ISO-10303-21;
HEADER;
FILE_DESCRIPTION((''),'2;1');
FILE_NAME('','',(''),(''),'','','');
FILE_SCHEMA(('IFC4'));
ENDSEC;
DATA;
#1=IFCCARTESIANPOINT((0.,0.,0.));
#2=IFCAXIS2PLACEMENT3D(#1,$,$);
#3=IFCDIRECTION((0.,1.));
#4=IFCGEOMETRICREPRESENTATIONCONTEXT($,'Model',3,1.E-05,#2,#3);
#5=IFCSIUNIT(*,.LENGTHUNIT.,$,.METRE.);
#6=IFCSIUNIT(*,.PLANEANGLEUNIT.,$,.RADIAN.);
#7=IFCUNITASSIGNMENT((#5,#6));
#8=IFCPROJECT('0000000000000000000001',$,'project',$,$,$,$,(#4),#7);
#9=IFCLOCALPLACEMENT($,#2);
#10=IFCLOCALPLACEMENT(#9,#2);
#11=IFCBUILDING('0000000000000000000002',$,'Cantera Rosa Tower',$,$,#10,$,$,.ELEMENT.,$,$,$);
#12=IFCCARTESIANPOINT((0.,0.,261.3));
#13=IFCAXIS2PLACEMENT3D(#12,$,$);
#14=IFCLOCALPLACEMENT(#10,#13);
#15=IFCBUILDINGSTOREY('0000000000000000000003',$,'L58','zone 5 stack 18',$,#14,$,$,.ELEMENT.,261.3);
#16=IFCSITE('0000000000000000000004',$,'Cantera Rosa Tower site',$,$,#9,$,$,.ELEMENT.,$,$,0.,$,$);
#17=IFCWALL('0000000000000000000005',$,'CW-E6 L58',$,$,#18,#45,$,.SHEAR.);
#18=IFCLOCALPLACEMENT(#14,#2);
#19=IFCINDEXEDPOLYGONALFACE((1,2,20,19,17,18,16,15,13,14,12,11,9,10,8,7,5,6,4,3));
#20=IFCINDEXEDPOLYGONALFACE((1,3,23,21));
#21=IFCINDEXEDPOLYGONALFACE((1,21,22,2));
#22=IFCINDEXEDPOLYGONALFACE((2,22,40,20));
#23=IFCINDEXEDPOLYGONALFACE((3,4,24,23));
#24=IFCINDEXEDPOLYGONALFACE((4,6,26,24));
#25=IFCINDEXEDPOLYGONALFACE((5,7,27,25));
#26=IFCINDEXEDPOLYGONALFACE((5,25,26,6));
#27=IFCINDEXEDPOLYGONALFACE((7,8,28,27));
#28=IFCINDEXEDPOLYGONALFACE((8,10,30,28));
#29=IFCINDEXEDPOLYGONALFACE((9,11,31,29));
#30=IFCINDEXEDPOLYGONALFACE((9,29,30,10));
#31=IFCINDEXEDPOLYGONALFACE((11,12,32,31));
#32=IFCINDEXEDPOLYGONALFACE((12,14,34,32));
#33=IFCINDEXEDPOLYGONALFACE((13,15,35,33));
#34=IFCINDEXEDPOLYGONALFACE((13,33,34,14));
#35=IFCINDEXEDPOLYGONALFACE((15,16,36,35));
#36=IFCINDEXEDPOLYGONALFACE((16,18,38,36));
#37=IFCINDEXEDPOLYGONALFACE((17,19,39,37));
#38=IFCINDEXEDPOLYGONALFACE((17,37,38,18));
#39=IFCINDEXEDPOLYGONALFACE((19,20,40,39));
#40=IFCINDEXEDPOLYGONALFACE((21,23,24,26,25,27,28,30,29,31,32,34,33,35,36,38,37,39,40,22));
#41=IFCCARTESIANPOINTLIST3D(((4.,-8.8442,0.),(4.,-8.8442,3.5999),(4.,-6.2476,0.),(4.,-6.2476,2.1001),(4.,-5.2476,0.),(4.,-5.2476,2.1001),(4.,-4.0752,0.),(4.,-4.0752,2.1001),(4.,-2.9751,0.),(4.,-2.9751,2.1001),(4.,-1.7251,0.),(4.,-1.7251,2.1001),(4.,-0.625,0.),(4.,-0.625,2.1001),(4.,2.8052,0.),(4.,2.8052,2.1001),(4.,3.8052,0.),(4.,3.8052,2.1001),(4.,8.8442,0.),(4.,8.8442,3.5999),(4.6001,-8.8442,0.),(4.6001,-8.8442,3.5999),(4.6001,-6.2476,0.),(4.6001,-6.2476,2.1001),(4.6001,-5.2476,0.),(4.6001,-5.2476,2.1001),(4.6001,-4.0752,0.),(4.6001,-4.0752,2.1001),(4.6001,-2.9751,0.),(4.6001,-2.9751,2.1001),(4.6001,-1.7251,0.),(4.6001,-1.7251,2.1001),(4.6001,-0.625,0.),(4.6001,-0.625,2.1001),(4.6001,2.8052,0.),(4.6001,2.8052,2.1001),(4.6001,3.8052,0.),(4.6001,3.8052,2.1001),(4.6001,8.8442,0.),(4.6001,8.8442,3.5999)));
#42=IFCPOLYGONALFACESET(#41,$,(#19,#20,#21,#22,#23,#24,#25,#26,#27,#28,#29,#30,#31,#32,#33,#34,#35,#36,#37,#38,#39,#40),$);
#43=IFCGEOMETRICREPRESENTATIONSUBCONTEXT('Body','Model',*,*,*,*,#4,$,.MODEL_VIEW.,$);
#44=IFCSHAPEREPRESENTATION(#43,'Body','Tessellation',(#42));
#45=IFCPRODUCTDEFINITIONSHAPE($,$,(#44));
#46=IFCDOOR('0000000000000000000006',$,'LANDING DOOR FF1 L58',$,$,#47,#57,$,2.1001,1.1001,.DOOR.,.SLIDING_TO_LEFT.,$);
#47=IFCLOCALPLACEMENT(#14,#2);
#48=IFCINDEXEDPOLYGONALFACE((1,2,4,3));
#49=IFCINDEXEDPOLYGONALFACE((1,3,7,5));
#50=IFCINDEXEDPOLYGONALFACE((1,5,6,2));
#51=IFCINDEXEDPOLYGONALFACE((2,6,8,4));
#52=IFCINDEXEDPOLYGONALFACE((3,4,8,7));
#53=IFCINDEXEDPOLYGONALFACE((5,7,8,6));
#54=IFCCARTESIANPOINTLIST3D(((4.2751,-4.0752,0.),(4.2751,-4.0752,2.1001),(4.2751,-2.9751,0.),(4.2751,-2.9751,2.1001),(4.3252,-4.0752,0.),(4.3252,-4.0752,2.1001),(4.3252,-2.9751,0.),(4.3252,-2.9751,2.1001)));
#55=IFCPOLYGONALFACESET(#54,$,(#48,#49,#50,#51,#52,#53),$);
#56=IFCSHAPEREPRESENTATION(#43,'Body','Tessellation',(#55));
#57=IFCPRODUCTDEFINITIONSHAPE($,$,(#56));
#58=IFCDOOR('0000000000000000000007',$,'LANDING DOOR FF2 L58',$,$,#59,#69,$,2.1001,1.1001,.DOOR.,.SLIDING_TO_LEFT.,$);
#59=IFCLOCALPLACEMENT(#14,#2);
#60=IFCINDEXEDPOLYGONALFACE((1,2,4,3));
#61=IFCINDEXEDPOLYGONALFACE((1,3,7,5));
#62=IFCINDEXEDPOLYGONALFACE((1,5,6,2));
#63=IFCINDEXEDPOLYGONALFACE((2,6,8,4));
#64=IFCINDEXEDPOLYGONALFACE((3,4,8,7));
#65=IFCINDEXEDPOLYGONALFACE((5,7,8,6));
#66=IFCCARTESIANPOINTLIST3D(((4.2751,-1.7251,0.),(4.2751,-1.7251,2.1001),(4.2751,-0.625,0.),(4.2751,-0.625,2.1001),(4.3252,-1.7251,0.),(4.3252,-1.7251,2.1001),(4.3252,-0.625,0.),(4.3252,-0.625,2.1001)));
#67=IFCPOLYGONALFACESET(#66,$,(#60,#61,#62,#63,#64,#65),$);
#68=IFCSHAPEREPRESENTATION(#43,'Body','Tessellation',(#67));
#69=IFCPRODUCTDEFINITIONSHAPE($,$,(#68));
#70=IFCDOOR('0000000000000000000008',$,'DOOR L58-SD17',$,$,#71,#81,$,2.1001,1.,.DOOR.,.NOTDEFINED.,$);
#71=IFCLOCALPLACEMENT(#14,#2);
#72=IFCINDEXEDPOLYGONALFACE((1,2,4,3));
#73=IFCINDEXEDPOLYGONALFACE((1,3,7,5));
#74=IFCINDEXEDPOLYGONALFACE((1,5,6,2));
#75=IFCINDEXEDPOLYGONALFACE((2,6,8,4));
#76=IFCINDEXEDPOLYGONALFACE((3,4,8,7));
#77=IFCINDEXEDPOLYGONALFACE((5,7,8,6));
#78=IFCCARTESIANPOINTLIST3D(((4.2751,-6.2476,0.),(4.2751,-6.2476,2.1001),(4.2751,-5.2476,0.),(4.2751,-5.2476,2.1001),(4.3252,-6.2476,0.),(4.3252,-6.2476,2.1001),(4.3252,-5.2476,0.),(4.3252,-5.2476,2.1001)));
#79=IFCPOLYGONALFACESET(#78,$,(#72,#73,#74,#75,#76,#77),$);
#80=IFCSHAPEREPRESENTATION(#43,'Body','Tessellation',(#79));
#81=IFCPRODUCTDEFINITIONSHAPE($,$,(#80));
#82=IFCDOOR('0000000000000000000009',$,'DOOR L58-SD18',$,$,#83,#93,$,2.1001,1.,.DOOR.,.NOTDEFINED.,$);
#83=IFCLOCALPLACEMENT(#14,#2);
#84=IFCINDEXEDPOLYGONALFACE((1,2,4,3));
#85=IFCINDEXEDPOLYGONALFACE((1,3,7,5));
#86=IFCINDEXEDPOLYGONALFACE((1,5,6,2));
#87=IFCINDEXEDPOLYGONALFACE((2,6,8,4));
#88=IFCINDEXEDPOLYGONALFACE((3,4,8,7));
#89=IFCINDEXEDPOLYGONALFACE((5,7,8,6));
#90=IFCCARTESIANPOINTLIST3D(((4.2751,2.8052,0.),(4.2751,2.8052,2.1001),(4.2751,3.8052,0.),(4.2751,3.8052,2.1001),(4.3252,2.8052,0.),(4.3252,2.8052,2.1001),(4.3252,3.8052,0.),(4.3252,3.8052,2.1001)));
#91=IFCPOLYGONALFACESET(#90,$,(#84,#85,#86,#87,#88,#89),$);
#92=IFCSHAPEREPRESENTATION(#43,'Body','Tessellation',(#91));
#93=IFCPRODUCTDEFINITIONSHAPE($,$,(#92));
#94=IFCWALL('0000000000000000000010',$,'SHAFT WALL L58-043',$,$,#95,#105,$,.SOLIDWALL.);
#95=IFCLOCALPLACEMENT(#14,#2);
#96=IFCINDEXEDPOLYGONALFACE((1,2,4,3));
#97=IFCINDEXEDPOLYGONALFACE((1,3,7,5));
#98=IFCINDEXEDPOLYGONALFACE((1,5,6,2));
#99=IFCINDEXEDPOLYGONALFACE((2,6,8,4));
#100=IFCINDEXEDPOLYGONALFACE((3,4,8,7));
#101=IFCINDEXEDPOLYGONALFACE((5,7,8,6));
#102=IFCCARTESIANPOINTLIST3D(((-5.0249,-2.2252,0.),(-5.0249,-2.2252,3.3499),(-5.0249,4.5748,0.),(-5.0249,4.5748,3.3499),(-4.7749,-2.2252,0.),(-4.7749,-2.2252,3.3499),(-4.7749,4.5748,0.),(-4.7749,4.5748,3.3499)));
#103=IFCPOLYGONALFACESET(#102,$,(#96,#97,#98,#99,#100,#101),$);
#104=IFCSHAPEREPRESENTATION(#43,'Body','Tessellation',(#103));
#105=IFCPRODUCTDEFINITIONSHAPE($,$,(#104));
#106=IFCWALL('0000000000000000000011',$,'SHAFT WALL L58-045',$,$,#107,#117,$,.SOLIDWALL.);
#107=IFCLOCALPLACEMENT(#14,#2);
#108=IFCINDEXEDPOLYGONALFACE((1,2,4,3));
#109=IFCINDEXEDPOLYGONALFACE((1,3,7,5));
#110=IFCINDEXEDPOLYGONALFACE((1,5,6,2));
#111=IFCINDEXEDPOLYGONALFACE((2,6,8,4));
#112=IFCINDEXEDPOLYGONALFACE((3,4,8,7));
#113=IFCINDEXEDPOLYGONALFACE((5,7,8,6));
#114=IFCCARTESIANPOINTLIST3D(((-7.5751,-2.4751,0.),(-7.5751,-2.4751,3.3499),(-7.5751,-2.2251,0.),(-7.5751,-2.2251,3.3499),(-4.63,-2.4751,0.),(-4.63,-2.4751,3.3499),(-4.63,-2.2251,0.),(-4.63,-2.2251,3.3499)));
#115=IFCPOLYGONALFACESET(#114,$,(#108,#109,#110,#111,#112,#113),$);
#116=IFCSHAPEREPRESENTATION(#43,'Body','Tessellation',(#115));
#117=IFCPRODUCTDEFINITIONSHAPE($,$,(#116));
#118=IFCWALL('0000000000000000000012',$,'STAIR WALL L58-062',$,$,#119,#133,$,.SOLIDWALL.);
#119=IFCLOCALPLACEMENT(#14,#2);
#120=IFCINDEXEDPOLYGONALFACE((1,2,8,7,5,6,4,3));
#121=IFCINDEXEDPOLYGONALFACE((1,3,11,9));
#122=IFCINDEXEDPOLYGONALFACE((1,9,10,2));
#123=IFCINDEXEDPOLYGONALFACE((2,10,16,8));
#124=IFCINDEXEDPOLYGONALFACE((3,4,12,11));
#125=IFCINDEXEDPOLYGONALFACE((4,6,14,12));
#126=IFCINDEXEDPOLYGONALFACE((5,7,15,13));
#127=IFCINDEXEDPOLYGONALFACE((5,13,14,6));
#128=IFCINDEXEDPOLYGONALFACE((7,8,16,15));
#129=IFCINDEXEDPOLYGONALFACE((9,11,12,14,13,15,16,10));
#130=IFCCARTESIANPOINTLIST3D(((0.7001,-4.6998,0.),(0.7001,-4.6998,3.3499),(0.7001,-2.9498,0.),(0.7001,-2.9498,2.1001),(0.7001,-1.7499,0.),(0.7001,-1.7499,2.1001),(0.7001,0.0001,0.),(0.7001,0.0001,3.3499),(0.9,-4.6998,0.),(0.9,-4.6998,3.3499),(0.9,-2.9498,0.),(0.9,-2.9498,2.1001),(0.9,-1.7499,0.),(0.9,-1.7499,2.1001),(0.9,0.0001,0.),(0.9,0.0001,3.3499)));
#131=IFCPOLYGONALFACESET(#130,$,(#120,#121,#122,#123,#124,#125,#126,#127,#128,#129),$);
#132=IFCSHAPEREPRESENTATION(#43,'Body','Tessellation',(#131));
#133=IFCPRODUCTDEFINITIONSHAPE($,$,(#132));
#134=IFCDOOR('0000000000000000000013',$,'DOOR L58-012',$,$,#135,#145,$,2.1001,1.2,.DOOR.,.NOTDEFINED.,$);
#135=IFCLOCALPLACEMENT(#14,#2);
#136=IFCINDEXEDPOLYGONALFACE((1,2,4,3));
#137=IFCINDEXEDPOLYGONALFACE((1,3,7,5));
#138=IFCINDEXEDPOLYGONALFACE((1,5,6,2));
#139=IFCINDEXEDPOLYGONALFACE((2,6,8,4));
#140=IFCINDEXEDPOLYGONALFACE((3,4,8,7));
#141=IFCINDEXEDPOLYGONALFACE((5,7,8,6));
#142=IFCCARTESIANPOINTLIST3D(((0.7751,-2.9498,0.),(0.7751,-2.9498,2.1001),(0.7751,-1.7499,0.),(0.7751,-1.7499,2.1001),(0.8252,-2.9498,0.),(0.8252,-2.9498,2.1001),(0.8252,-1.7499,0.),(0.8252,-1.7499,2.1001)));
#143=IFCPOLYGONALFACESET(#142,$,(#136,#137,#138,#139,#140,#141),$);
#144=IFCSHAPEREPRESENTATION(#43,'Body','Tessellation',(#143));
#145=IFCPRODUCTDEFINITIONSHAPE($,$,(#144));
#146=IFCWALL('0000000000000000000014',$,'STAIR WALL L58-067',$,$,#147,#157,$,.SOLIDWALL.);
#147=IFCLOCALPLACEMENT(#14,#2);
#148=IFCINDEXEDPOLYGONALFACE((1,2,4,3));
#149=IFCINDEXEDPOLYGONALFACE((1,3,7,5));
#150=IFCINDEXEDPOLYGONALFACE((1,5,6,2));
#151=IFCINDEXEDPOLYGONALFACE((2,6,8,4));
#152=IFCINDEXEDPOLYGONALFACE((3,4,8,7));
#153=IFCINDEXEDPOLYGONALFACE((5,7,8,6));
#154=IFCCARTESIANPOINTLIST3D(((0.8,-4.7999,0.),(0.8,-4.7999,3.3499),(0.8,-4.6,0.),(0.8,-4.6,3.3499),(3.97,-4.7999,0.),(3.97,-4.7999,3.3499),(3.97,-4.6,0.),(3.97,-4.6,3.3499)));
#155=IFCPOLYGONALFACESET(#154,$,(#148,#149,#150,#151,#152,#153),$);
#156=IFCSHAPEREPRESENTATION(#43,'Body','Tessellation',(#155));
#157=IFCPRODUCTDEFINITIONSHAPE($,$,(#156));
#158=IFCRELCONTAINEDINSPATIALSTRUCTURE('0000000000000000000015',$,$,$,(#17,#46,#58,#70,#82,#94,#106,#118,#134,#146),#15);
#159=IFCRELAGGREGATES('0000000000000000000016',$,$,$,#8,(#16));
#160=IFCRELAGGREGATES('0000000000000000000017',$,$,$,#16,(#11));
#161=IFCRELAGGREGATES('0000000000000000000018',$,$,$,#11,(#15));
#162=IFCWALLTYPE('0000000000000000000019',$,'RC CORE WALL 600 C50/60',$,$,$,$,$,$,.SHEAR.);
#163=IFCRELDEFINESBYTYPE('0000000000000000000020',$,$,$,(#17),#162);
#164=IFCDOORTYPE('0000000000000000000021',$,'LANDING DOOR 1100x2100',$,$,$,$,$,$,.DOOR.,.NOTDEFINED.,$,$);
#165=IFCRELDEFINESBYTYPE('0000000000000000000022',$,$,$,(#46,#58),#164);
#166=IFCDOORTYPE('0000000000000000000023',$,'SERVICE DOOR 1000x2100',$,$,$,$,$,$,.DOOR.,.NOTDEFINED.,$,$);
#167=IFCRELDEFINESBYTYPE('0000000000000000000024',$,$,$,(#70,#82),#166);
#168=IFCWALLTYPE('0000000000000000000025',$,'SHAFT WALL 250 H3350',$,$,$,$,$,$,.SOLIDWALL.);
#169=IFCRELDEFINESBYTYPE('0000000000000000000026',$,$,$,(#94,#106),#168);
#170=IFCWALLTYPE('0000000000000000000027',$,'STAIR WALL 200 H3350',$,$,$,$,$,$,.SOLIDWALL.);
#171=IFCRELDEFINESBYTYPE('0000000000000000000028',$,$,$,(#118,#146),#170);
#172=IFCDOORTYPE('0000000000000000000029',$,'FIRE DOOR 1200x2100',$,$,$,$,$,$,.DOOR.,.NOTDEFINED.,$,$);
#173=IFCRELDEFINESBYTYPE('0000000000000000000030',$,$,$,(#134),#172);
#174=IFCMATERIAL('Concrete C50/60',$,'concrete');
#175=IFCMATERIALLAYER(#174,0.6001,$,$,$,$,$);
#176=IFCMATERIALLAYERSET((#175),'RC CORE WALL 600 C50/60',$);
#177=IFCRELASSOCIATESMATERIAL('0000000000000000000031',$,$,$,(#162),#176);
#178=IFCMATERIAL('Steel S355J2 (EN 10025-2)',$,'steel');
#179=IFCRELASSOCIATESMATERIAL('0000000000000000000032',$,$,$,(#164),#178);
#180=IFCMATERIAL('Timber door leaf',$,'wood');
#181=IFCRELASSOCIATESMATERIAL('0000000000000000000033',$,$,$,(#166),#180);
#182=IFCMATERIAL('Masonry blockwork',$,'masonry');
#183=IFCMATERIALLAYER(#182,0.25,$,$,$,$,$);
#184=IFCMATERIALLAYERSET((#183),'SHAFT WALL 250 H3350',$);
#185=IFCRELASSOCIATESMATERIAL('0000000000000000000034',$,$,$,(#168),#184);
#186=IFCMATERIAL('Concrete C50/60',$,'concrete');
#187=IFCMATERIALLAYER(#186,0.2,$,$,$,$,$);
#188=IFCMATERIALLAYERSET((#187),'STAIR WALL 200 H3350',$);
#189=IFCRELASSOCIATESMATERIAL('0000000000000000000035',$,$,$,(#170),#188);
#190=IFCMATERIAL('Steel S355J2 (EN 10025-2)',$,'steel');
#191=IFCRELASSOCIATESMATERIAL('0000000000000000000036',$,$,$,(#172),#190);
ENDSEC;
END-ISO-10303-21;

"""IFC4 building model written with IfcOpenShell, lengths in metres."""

from ifc_helpers import new_model, si_unit, direction, frame, frame_2d, origin, place, context, subcontext, project, spatial, rectangle, extrude, material, layer, layer_set, type_object, element, fill, save


model = new_model("IFC4")

# Units and contexts
model_context = context("Model", 3, precision=1e-05, world=origin(), true_north=direction((0.0, 1.0)))
body_context = subcontext(model_context, "Body", "Model", "MODEL_VIEW")
ifc_project = project(units=[si_unit("LENGTHUNIT", "METRE"), si_unit("PLANEANGLEUNIT", "RADIAN")], contexts=[model_context])

# Site, building, storey
site_placement = place(None, origin())
site = spatial("IfcSite", under=ifc_project, at=site_placement, Name="Cantera Rosa Tower site", CompositionType="ELEMENT", RefElevation=0.0)
building_placement = place(site_placement, origin())
building = spatial("IfcBuilding", under=site, at=building_placement, Name="Cantera Rosa Tower", CompositionType="ELEMENT")
storey_placement = place(building_placement, frame((0.0, 0.0, 261.3)))
storey = spatial("IfcBuildingStorey", under=building, at=storey_placement, Name="L58", Description="zone 5 stack 18", CompositionType="ELEMENT", Elevation=261.3)

# Shared definitions
ifc_material_1 = material(Name="Concrete C50/60", Category="concrete")
ifc_layer_1 = layer(ifc_material_1, 0.6001)
ifc_layer_set_1 = layer_set([ifc_layer_1], Name="RC CORE WALL 600 C50/60")
wall_type_1 = type_object("IfcWallType", Name="RC CORE WALL 600 C50/60", PredefinedType="SHEAR", material=ifc_layer_set_1)

# Wall, openings, doors
wall_1_placement = place(storey_placement, frame((4.3, -8.8442, 0.0), z_axis=(0.0, 0.0, 1.0), x_axis=(0.0, 1.0, 0.0)))
wall_1 = element("IfcWall", 1, at=wall_1_placement, inside=storey, type_object=wall_type_1, Name="CW-E6 L58", PredefinedType="SHEAR", context=body_context, shape_type="SweptSolid", body=[
    extrude(rectangle(XDim=17.6885, YDim=0.6001, at=frame_2d((8.8442, 0.0))), origin(), (0.0, 0.0, 1.0), 3.5999),
])
opening_1_placement = place(wall_1_placement, frame((4.769, 0.0, 0.0)))
opening_1 = element("IfcOpeningElement", 2, at=opening_1_placement, cuts=wall_1, PredefinedType="OPENING", context=body_context, shape_type="SweptSolid", body=[
    extrude(rectangle(XDim=1.1001, YDim=2.1001, at=frame_2d((0.55, 1.05))), frame((0.0, 0.3101, 0.0), z_axis=(0.0, -1.0, 0.0), x_axis=(1.0, 0.0, 0.0)), (0.0, 0.0, 1.0), 0.6201),
])
opening_2_placement = place(wall_1_placement, frame((7.1191, 0.0, 0.0)))
opening_2 = element("IfcOpeningElement", 3, at=opening_2_placement, cuts=wall_1, PredefinedType="OPENING", context=body_context, shape_type="SweptSolid", body=[
    extrude(rectangle(XDim=1.1001, YDim=2.1001, at=frame_2d((0.55, 1.05))), frame((0.0, 0.3101, 0.0), z_axis=(0.0, -1.0, 0.0), x_axis=(1.0, 0.0, 0.0)), (0.0, 0.0, 1.0), 0.6201),
])
opening_3_placement = place(wall_1_placement, frame((2.5967, 0.0, 0.0)))
opening_3 = element("IfcOpeningElement", 4, at=opening_3_placement, cuts=wall_1, PredefinedType="OPENING", context=body_context, shape_type="SweptSolid", body=[
    extrude(rectangle(XDim=1.0, YDim=2.1001, at=frame_2d((0.5, 1.05))), frame((0.0, 0.3101, 0.0), z_axis=(0.0, -1.0, 0.0), x_axis=(1.0, 0.0, 0.0)), (0.0, 0.0, 1.0), 0.6201),
])
opening_4_placement = place(wall_1_placement, frame((11.6494, 0.0, 0.0)))
opening_4 = element("IfcOpeningElement", 5, at=opening_4_placement, cuts=wall_1, PredefinedType="OPENING", context=body_context, shape_type="SweptSolid", body=[
    extrude(rectangle(XDim=1.0, YDim=2.1001, at=frame_2d((0.5, 1.05))), frame((0.0, 0.3101, 0.0), z_axis=(0.0, -1.0, 0.0), x_axis=(1.0, 0.0, 0.0)), (0.0, 0.0, 1.0), 0.6201),
])
ifc_material_2 = material(Name="Steel S355J2 (EN 10025-2)", Category="steel")
door_type_1 = type_object("IfcDoorType", Name="LANDING DOOR 1100x2100", OperationType="NOTDEFINED", PredefinedType="DOOR", material=ifc_material_2)
door_1_placement = place(opening_1_placement, origin())
door_1 = element("IfcDoor", 6, at=door_1_placement, inside=storey, type_object=door_type_1, Name="LANDING DOOR FF1 L58", OperationType="SLIDING_TO_LEFT", OverallHeight=2.1001, OverallWidth=1.1001, PredefinedType="DOOR", context=body_context, shape_type="SweptSolid", body=[
    extrude(rectangle(XDim=1.1001, YDim=2.1001, at=frame_2d((0.55, 1.05))), frame((0.0, 0.0249, 0.0), z_axis=(0.0, -1.0, 0.0), x_axis=(1.0, 0.0, 0.0)), (0.0, 0.0, 1.0), 0.05),
])
fill(opening_1, door_1)
door_2_placement = place(opening_2_placement, origin())
door_2 = element("IfcDoor", 7, at=door_2_placement, inside=storey, type_object=door_type_1, Name="LANDING DOOR FF2 L58", OperationType="SLIDING_TO_LEFT", OverallHeight=2.1001, OverallWidth=1.1001, PredefinedType="DOOR", context=body_context, shape_type="SweptSolid", body=[
    extrude(rectangle(XDim=1.1001, YDim=2.1001, at=frame_2d((0.55, 1.05))), frame((0.0, 0.0249, 0.0), z_axis=(0.0, -1.0, 0.0), x_axis=(1.0, 0.0, 0.0)), (0.0, 0.0, 1.0), 0.05),
])
fill(opening_2, door_2)
ifc_material_3 = material(Name="Timber door leaf", Category="wood")
door_type_2 = type_object("IfcDoorType", Name="SERVICE DOOR 1000x2100", OperationType="NOTDEFINED", PredefinedType="DOOR", material=ifc_material_3)
door_3_placement = place(opening_3_placement, origin())
door_3 = element("IfcDoor", 8, at=door_3_placement, inside=storey, type_object=door_type_2, Name="DOOR L58-SD17", OperationType="NOTDEFINED", OverallHeight=2.1001, OverallWidth=1.0, PredefinedType="DOOR", context=body_context, shape_type="SweptSolid", body=[
    extrude(rectangle(XDim=1.0, YDim=2.1001, at=frame_2d((0.5, 1.05))), frame((0.0, 0.0249, 0.0), z_axis=(0.0, -1.0, 0.0), x_axis=(1.0, 0.0, 0.0)), (0.0, 0.0, 1.0), 0.05),
])
fill(opening_3, door_3)
door_4_placement = place(opening_4_placement, origin())
door_4 = element("IfcDoor", 9, at=door_4_placement, inside=storey, type_object=door_type_2, Name="DOOR L58-SD18", OperationType="NOTDEFINED", OverallHeight=2.1001, OverallWidth=1.0, PredefinedType="DOOR", context=body_context, shape_type="SweptSolid", body=[
    extrude(rectangle(XDim=1.0, YDim=2.1001, at=frame_2d((0.5, 1.05))), frame((0.0, 0.0249, 0.0), z_axis=(0.0, -1.0, 0.0), x_axis=(1.0, 0.0, 0.0)), (0.0, 0.0, 1.0), 0.05),
])
fill(opening_4, door_4)

# Walls
ifc_material_4 = material(Name="Masonry blockwork", Category="masonry")
ifc_layer_2 = layer(ifc_material_4, 0.25)
ifc_layer_set_2 = layer_set([ifc_layer_2], Name="SHAFT WALL 250 H3350")
wall_type_2 = type_object("IfcWallType", Name="SHAFT WALL 250 H3350", PredefinedType="SOLIDWALL", material=ifc_layer_set_2)
wall_2_placement = place(storey_placement, frame((-4.8999, -2.2251, 0.0), z_axis=(0.0, 0.0, 1.0), x_axis=(0.0, 1.0, 0.0)))
element("IfcWall", 10, at=wall_2_placement, inside=storey, type_object=wall_type_2, Name="SHAFT WALL L58-043", PredefinedType="SOLIDWALL", context=body_context, shape_type="SweptSolid", body=[
    extrude(rectangle(XDim=6.8, YDim=0.25, at=frame_2d((3.3999, 0.0))), origin(), (0.0, 0.0, 1.0), 3.3499),
])
wall_3_placement = place(storey_placement, frame((-4.6299, -2.3501, 0.0), z_axis=(0.0, 0.0, 1.0), x_axis=(-1.0, 0.0, 0.0)))
element("IfcWall", 11, at=wall_3_placement, inside=storey, type_object=wall_type_2, Name="SHAFT WALL L58-045", PredefinedType="SOLIDWALL", context=body_context, shape_type="SweptSolid", body=[
    extrude(rectangle(XDim=2.9451, YDim=0.25, at=frame_2d((1.4727, 0.0))), origin(), (0.0, 0.0, 1.0), 3.3499),
])

# Wall, opening, door
ifc_material_5 = material(Name="Concrete C50/60", Category="concrete")
ifc_layer_3 = layer(ifc_material_5, 0.2)
ifc_layer_set_3 = layer_set([ifc_layer_3], Name="STAIR WALL 200 H3350")
wall_type_3 = type_object("IfcWallType", Name="STAIR WALL 200 H3350", PredefinedType="SOLIDWALL", material=ifc_layer_set_3)
wall_4_placement = place(storey_placement, frame((0.8, -4.7, 0.0), z_axis=(0.0, 0.0, 1.0), x_axis=(0.0, 1.0, 0.0)))
wall_4 = element("IfcWall", 12, at=wall_4_placement, inside=storey, type_object=wall_type_3, Name="STAIR WALL L58-062", PredefinedType="SOLIDWALL", context=body_context, shape_type="SweptSolid", body=[
    extrude(rectangle(XDim=4.7, YDim=0.2, at=frame_2d((2.3501, 0.0))), origin(), (0.0, 0.0, 1.0), 3.3499),
])
opening_5_placement = place(wall_4_placement, frame((1.75, 0.0, 0.0)))
opening_5 = element("IfcOpeningElement", 13, at=opening_5_placement, cuts=wall_4, PredefinedType="OPENING", context=body_context, shape_type="SweptSolid", body=[
    extrude(rectangle(XDim=1.2, YDim=2.1001, at=frame_2d((0.6001, 1.05))), frame((0.0, 0.1099, 0.0), z_axis=(0.0, -1.0, 0.0), x_axis=(1.0, 0.0, 0.0)), (0.0, 0.0, 1.0), 0.22),
])
ifc_material_6 = material(Name="Steel S355J2 (EN 10025-2)", Category="steel")
door_type_3 = type_object("IfcDoorType", Name="FIRE DOOR 1200x2100", OperationType="NOTDEFINED", PredefinedType="DOOR", material=ifc_material_6)
door_5_placement = place(opening_5_placement, origin())
door_5 = element("IfcDoor", 14, at=door_5_placement, inside=storey, type_object=door_type_3, Name="DOOR L58-012", OperationType="NOTDEFINED", OverallHeight=2.1001, OverallWidth=1.2, PredefinedType="DOOR", context=body_context, shape_type="SweptSolid", body=[
    extrude(rectangle(XDim=1.2, YDim=2.1001, at=frame_2d((0.6001, 1.05))), frame((0.0, 0.0249, 0.0), z_axis=(0.0, -1.0, 0.0), x_axis=(1.0, 0.0, 0.0)), (0.0, 0.0, 1.0), 0.05),
])
fill(opening_5, door_5)

# Wall
wall_5_placement = place(storey_placement, frame((3.97, -4.7, 0.0), z_axis=(0.0, 0.0, 1.0), x_axis=(-1.0, 0.0, 0.0)))
element("IfcWall", 15, at=wall_5_placement, inside=storey, type_object=wall_type_3, Name="STAIR WALL L58-067", PredefinedType="SOLIDWALL", context=body_context, shape_type="SweptSolid", body=[
    extrude(rectangle(XDim=3.1699, YDim=0.2, at=frame_2d((1.585, 0.0))), origin(), (0.0, 0.0, 1.0), 3.3499),
])

save(model, "model.ifc")
